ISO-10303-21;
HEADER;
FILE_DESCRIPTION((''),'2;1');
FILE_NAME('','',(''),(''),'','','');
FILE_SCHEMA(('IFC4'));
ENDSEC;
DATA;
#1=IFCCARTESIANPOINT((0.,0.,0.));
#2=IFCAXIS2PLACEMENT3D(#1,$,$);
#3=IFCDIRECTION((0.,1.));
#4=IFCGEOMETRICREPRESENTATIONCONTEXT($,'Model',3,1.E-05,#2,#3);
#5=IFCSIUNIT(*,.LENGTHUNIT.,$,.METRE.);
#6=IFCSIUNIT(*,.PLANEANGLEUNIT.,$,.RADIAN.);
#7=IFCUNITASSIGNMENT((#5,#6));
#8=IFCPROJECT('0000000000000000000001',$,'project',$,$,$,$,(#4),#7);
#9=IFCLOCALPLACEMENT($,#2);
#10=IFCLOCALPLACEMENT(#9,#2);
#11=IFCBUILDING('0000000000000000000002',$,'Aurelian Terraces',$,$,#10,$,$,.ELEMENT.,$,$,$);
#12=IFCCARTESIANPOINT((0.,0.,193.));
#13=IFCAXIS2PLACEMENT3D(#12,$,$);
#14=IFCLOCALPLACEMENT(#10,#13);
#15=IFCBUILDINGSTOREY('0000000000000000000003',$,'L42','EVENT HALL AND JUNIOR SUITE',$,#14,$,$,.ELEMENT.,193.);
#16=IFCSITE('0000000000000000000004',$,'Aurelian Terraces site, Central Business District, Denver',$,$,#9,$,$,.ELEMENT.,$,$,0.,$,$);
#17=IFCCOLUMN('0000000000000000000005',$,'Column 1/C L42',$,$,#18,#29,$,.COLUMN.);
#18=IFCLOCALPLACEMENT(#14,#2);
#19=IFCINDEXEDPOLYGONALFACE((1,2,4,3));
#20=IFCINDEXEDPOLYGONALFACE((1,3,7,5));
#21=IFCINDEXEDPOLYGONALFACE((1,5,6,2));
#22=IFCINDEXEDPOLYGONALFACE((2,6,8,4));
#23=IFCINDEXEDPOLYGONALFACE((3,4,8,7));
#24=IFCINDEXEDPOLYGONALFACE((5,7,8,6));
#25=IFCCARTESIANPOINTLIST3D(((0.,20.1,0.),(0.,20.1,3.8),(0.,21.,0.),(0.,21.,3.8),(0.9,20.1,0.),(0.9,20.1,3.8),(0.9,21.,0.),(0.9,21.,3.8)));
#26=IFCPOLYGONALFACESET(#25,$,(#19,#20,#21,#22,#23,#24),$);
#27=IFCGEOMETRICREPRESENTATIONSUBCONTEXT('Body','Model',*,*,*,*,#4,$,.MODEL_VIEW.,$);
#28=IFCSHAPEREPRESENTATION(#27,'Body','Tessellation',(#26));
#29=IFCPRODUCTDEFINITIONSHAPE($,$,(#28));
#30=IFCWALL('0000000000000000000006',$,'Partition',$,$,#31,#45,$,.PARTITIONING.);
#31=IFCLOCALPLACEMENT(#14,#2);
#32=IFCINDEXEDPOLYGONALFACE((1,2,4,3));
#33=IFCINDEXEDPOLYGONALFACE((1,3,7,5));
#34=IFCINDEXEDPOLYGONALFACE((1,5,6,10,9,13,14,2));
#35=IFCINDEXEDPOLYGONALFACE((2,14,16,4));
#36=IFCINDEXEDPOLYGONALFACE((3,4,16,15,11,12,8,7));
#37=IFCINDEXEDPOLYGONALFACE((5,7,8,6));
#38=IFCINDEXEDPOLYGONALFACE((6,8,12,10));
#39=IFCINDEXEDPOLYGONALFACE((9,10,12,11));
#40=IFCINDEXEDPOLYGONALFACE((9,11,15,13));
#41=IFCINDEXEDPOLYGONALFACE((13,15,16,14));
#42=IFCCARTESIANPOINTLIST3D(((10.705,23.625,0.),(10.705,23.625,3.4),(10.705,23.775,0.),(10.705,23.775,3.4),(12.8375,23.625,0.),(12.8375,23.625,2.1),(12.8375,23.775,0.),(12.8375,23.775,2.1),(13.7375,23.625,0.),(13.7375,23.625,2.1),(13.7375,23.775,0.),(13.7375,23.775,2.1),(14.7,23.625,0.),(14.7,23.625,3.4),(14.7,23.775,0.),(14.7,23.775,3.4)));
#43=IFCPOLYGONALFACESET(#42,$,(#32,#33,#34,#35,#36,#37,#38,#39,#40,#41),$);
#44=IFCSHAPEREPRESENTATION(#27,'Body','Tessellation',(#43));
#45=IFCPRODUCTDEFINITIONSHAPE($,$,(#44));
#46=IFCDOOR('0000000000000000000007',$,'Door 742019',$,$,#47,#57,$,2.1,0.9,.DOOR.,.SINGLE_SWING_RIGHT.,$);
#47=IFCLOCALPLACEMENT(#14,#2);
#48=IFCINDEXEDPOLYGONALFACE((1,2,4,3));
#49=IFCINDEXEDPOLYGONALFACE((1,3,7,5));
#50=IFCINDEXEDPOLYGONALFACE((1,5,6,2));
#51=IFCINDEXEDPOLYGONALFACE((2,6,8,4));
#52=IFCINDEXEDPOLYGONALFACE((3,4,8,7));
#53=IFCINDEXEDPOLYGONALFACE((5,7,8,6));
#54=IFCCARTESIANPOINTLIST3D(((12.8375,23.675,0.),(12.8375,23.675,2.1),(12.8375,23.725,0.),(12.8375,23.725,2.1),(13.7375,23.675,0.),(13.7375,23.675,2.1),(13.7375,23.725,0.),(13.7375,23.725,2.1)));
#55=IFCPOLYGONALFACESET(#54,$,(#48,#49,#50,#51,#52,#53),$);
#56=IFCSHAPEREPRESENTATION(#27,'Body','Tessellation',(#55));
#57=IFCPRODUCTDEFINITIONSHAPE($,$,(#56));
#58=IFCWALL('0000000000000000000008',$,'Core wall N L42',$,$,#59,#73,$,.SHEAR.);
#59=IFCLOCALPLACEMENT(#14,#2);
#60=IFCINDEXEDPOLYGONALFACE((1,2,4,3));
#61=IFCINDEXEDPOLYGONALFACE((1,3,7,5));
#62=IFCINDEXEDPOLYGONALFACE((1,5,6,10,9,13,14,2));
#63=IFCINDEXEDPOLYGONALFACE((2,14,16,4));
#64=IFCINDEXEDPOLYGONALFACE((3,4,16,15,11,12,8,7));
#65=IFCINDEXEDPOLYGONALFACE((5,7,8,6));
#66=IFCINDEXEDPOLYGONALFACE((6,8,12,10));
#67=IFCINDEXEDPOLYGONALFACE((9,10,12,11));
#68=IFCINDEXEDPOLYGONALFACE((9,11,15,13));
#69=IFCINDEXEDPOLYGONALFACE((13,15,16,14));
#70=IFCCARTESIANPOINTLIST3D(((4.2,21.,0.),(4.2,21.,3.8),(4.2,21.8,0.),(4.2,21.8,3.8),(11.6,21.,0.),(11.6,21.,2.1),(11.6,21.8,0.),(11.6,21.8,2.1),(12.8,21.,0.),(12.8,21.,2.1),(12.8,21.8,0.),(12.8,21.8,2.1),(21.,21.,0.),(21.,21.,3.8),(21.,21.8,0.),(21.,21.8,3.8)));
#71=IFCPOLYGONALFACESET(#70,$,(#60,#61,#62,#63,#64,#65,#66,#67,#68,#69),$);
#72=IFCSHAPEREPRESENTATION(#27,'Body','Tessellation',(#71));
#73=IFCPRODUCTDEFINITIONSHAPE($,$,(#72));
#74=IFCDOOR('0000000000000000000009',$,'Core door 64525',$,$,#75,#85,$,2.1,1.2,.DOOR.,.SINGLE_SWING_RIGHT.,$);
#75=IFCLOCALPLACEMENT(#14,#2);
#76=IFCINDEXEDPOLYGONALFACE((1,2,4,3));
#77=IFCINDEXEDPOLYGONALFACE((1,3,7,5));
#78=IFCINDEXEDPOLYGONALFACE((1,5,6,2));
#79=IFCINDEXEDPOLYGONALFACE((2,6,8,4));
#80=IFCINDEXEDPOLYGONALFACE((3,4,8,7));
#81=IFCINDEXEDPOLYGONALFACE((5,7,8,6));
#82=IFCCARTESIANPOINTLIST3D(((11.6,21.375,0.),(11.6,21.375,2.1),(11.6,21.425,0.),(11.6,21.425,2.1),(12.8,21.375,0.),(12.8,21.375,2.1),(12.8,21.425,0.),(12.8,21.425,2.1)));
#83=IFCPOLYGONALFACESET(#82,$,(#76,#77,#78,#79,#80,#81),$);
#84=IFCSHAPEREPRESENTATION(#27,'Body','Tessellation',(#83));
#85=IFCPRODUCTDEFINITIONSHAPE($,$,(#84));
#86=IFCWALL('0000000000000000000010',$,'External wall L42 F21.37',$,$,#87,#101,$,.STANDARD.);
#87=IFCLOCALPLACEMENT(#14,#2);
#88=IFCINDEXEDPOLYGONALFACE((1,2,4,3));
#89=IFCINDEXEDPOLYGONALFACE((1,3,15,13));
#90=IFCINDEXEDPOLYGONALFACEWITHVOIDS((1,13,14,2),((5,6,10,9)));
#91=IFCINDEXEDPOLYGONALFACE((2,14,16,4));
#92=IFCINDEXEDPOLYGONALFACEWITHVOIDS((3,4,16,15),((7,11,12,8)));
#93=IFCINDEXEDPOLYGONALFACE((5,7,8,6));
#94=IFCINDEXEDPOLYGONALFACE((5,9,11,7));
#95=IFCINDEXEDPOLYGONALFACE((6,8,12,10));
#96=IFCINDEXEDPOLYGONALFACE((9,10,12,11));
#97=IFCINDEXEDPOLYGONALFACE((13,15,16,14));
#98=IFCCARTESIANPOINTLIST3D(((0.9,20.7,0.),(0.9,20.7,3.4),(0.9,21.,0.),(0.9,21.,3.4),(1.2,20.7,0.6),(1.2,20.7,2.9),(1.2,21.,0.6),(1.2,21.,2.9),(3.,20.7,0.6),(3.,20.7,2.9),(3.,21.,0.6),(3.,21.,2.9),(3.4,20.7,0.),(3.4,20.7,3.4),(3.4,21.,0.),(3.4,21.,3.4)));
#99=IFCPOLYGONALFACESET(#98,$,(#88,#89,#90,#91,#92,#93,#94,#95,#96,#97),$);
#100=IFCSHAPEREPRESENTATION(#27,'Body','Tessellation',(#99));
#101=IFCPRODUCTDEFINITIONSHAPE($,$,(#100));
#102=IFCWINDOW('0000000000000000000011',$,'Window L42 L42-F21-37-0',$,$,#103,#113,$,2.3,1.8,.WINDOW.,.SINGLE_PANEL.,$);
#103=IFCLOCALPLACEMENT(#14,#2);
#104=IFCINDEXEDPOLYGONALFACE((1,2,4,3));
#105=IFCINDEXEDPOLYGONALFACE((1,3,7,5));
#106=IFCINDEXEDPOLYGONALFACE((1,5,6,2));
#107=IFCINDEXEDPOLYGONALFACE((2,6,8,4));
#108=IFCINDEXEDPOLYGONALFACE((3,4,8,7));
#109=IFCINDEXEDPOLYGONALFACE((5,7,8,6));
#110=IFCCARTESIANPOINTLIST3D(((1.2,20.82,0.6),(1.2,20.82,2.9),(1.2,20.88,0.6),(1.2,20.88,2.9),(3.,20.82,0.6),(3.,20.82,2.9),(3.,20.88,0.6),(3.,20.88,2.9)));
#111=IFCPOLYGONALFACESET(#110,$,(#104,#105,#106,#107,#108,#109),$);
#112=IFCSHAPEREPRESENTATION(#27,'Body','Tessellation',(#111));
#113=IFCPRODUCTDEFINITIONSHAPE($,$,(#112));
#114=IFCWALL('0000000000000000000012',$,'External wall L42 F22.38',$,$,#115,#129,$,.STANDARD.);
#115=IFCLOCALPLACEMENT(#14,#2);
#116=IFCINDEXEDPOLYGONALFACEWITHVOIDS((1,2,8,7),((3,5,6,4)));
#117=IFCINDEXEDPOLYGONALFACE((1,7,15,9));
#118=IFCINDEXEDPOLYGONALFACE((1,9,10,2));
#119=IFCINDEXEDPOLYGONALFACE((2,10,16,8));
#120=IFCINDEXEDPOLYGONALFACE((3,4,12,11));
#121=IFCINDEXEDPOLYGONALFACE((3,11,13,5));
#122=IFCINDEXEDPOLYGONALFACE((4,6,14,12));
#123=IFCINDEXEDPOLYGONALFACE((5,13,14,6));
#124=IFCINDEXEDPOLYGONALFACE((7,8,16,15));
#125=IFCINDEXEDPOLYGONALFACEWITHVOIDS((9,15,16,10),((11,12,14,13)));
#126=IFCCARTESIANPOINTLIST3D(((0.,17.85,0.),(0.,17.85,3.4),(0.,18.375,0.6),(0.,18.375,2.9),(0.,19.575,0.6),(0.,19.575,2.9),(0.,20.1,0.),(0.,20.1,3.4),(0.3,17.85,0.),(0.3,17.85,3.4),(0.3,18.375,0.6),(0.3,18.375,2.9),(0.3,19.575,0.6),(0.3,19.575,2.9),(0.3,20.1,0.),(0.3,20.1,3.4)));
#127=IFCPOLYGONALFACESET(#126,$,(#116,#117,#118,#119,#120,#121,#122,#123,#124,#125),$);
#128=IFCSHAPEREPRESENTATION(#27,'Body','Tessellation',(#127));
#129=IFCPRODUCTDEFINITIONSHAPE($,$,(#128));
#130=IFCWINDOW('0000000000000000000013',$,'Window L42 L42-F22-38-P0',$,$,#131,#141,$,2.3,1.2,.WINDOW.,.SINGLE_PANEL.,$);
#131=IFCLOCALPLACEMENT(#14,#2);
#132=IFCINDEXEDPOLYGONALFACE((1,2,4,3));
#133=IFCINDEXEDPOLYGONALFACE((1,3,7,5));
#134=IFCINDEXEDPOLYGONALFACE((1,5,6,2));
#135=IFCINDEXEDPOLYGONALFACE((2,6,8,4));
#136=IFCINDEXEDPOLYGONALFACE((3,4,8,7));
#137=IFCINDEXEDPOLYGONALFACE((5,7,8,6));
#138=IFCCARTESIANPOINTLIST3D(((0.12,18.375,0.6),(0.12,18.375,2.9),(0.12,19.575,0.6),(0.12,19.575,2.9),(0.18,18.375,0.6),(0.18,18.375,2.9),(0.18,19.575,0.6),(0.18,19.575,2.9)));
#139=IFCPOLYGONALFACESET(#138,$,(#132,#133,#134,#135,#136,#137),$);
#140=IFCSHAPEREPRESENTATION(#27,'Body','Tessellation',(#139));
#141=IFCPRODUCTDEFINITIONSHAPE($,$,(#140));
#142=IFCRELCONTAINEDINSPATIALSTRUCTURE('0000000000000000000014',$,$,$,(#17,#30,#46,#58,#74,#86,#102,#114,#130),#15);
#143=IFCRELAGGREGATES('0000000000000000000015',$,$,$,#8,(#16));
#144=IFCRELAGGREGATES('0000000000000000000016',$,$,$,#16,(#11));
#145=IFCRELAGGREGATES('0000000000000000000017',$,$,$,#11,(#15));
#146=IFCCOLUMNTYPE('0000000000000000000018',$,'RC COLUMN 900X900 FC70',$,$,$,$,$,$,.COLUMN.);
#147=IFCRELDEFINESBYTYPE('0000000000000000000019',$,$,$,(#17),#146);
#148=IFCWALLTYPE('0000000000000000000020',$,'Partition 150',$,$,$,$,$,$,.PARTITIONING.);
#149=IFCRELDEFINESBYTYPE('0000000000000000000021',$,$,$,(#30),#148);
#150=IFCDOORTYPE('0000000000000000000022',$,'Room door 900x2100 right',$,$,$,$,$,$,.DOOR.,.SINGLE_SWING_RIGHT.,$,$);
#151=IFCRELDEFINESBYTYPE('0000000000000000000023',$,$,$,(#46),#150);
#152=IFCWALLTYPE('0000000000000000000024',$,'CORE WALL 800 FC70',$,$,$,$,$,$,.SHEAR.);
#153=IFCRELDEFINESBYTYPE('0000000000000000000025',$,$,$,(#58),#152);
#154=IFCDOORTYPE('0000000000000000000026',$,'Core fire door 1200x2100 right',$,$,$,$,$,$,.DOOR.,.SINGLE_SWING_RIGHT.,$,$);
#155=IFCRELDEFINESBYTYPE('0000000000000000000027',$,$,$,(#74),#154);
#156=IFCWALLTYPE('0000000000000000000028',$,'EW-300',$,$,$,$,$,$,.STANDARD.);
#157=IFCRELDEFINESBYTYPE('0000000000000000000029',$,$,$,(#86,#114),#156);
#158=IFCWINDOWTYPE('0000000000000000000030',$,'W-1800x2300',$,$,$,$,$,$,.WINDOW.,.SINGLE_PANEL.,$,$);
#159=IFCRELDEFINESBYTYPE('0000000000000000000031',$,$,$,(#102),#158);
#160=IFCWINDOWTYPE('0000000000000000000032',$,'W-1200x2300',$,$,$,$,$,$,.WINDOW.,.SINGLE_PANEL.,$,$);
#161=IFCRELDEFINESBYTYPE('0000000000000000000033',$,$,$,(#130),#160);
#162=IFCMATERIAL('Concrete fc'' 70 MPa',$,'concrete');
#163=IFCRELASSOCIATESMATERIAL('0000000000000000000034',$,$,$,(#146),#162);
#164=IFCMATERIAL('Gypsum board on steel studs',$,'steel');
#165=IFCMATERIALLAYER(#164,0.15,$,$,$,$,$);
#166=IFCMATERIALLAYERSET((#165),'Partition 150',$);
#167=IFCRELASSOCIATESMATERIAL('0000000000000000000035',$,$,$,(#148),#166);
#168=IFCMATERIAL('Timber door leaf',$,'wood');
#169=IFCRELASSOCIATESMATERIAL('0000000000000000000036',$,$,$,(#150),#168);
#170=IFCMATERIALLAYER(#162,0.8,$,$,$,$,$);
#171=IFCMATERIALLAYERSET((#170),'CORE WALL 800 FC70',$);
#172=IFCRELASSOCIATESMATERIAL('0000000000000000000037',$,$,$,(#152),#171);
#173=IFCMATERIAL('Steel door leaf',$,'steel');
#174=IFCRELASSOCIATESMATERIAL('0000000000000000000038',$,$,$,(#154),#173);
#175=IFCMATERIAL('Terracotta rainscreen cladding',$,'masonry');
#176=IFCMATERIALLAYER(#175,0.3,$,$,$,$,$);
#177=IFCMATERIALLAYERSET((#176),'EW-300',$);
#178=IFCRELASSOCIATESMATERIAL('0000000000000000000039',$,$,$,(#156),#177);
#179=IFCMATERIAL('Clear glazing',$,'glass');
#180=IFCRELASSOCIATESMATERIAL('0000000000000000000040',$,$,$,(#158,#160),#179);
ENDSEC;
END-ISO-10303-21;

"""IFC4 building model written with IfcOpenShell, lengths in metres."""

from ifc_helpers import new_model, si_unit, direction, frame, frame_2d, origin, origin_2d, place, context, subcontext, project, spatial, rectangle, extrude, source, transform, mapped, material, layer, layer_set, material_profile, profile_set, type_object, element, fill, save


model = new_model("IFC4")

# Units and contexts
model_context = context("Model", 3, precision=1e-05, world=origin(), true_north=direction((0.0, 1.0)))
body_context = subcontext(model_context, "Body", "Model", "MODEL_VIEW")
ifc_project = project(units=[si_unit("LENGTHUNIT", "METRE"), si_unit("PLANEANGLEUNIT", "RADIAN")], contexts=[model_context])

# Site, building, storey
site_placement = place(None, origin())
site = spatial("IfcSite", under=ifc_project, at=site_placement, Name="Aurelian Terraces site, Central Business District, Denver", CompositionType="ELEMENT", RefElevation=0.0)
building_placement = place(site_placement, origin())
building = spatial("IfcBuilding", under=site, at=building_placement, Name="Aurelian Terraces", CompositionType="ELEMENT")
storey_placement = place(building_placement, frame((0.0, 0.0, 193.0)))
storey = spatial("IfcBuildingStorey", under=building, at=storey_placement, Name="L42", Description="EVENT HALL AND JUNIOR SUITE", CompositionType="ELEMENT", Elevation=193.0)

# Column
ifc_material_1 = material(Name="Concrete fc' 70 MPa", Category="concrete")
ifc_material_profile = material_profile(ifc_material_1, rectangle(XDim=0.9, YDim=0.9, at=origin_2d()))
ifc_profile_set = profile_set([ifc_material_profile], Name="Concrete fc' 70 MPa")
column_type = type_object("IfcColumnType", Name="RC COLUMN 900X900 FC70", PredefinedType="COLUMN", material=ifc_profile_set)
shared_shape_1 = source(origin(), body_context, "Body", "SweptSolid", [
    extrude(rectangle(XDim=0.9, YDim=0.9, at=origin_2d()), origin(), (0.0, 0.0, 1.0), 3.8),
])
column_placement = place(storey_placement, frame((0.45, 20.55, 0.0), z_axis=(0.0, 0.0, 1.0), x_axis=(1.0, 0.0, 0.0)))
element("IfcColumn", 1, at=column_placement, inside=storey, type_object=column_type, Name="Column 1/C L42", PredefinedType="COLUMN", context=body_context, shape_type="MappedRepresentation", body=[
    mapped(shared_shape_1, transform((0.0, 0.0, 0.0), scale=1.0)),
])

# Walls, openings, doors
ifc_material_2 = material(Name="Gypsum board on steel studs", Category="steel")
ifc_layer_1 = layer(ifc_material_2, 0.15)
ifc_layer_set_1 = layer_set([ifc_layer_1], Name="Partition 150")
wall_type_1 = type_object("IfcWallType", Name="Partition 150", PredefinedType="PARTITIONING", material=ifc_layer_set_1)
wall_1_placement = place(storey_placement, frame((10.705, 23.7, 0.0), z_axis=(0.0, 0.0, 1.0), x_axis=(1.0, 0.0, 0.0)))
wall_1 = element("IfcWall", 2, at=wall_1_placement, inside=storey, type_object=wall_type_1, Name="Partition", PredefinedType="PARTITIONING", context=body_context, shape_type="SweptSolid", body=[
    extrude(rectangle(XDim=3.995, YDim=0.15, at=frame_2d((1.9975, 0.0))), origin(), (0.0, 0.0, 1.0), 3.4),
])
shared_shape_2 = source(origin(), body_context, "Body", "SweptSolid", [
    extrude(rectangle(XDim=0.9, YDim=2.1, at=frame_2d((0.45, 1.05))), frame((0.0, 0.085, 0.0), z_axis=(0.0, -1.0, 0.0), x_axis=(1.0, 0.0, 0.0)), (0.0, 0.0, 1.0), 0.17),
])
opening_1_placement = place(wall_1_placement, frame((2.1325, 0.0, 0.0)))
opening_1 = element("IfcOpeningElement", 3, at=opening_1_placement, cuts=wall_1, PredefinedType="OPENING", context=body_context, shape_type="MappedRepresentation", body=[
    mapped(shared_shape_2, transform((0.0, 0.0, 0.0), scale=1.0)),
])
ifc_material_3 = material(Name="Timber door leaf", Category="wood")
door_type_1 = type_object("IfcDoorType", Name="Room door 900x2100 right", OperationType="SINGLE_SWING_RIGHT", PredefinedType="DOOR", material=ifc_material_3)
shared_shape_3 = source(origin(), body_context, "Body", "SweptSolid", [
    extrude(rectangle(XDim=0.9, YDim=2.1, at=frame_2d((0.45, 1.05))), frame((0.0, 0.025, 0.0), z_axis=(0.0, -1.0, 0.0), x_axis=(1.0, 0.0, 0.0)), (0.0, 0.0, 1.0), 0.05),
])
door_1_placement = place(opening_1_placement, origin())
door_1 = element("IfcDoor", 4, at=door_1_placement, inside=storey, type_object=door_type_1, Name="Door 742019", OperationType="SINGLE_SWING_RIGHT", OverallHeight=2.1, OverallWidth=0.9, PredefinedType="DOOR", context=body_context, shape_type="MappedRepresentation", body=[
    mapped(shared_shape_3, transform((0.0, 0.0, 0.0), scale=1.0)),
])
fill(opening_1, door_1)
ifc_layer_2 = layer(ifc_material_1, 0.8)
ifc_layer_set_2 = layer_set([ifc_layer_2], Name="CORE WALL 800 FC70")
wall_type_2 = type_object("IfcWallType", Name="CORE WALL 800 FC70", PredefinedType="SHEAR", material=ifc_layer_set_2)
shared_shape_4 = source(origin(), body_context, "Body", "SweptSolid", [
    extrude(rectangle(XDim=16.8, YDim=0.8, at=frame_2d((8.4, 0.0))), origin(), (0.0, 0.0, 1.0), 3.8),
])
wall_2_placement = place(storey_placement, frame((4.2, 21.4, 0.0), z_axis=(0.0, 0.0, 1.0), x_axis=(1.0, 0.0, 0.0)))
wall_2 = element("IfcWall", 5, at=wall_2_placement, inside=storey, type_object=wall_type_2, Name="Core wall N L42", PredefinedType="SHEAR", context=body_context, shape_type="MappedRepresentation", body=[
    mapped(shared_shape_4, transform((0.0, 0.0, 0.0), scale=1.0)),
])
shared_shape_5 = source(origin(), body_context, "Body", "SweptSolid", [
    extrude(rectangle(XDim=1.2, YDim=2.1, at=frame_2d((0.6, 1.05))), frame((0.0, 0.41, 0.0), z_axis=(0.0, -1.0, 0.0), x_axis=(1.0, 0.0, 0.0)), (0.0, 0.0, 1.0), 0.82),
])
opening_2_placement = place(wall_2_placement, frame((7.4, 0.0, 0.0)))
opening_2 = element("IfcOpeningElement", 6, at=opening_2_placement, cuts=wall_2, PredefinedType="OPENING", context=body_context, shape_type="MappedRepresentation", body=[
    mapped(shared_shape_5, transform((0.0, 0.0, 0.0), scale=1.0)),
])
ifc_material_4 = material(Name="Steel door leaf", Category="steel")
door_type_2 = type_object("IfcDoorType", Name="Core fire door 1200x2100 right", OperationType="SINGLE_SWING_RIGHT", PredefinedType="DOOR", material=ifc_material_4)
shared_shape_6 = source(origin(), body_context, "Body", "SweptSolid", [
    extrude(rectangle(XDim=1.2, YDim=2.1, at=frame_2d((0.6, 1.05))), frame((0.0, 0.025, 0.0), z_axis=(0.0, -1.0, 0.0), x_axis=(1.0, 0.0, 0.0)), (0.0, 0.0, 1.0), 0.05),
])
door_2_placement = place(opening_2_placement, origin())
door_2 = element("IfcDoor", 7, at=door_2_placement, inside=storey, type_object=door_type_2, Name="Core door 64525", OperationType="SINGLE_SWING_RIGHT", OverallHeight=2.1, OverallWidth=1.2, PredefinedType="DOOR", context=body_context, shape_type="MappedRepresentation", body=[
    mapped(shared_shape_6, transform((0.0, 0.0, 0.0), scale=1.0)),
])
fill(opening_2, door_2)

# Walls, openings, windows
ifc_material_5 = material(Name="Terracotta rainscreen cladding", Category="masonry")
ifc_layer_3 = layer(ifc_material_5, 0.3)
ifc_layer_set_3 = layer_set([ifc_layer_3], Name="EW-300")
wall_type_3 = type_object("IfcWallType", Name="EW-300", PredefinedType="STANDARD", material=ifc_layer_set_3)
shared_shape_7 = source(origin(), body_context, "Body", "SweptSolid", [
    extrude(rectangle(XDim=2.5, YDim=0.3, at=frame_2d((1.25, 0.0))), origin(), (0.0, 0.0, 1.0), 3.4),
])
wall_3_placement = place(storey_placement, frame((3.4, 20.85, 0.0), z_axis=(0.0, 0.0, 1.0), x_axis=(-1.0, 0.0, 0.0)))
wall_3 = element("IfcWall", 8, at=wall_3_placement, inside=storey, type_object=wall_type_3, Name="External wall L42 F21.37", PredefinedType="STANDARD", context=body_context, shape_type="MappedRepresentation", body=[
    mapped(shared_shape_7, transform((0.0, 0.0, 0.0), scale=1.0)),
])
shared_shape_8 = source(origin(), body_context, "Body", "SweptSolid", [
    extrude(rectangle(XDim=1.8, YDim=2.3, at=frame_2d((0.9, 1.15))), frame((0.0, 0.16, 0.0), z_axis=(0.0, -1.0, 0.0), x_axis=(1.0, 0.0, 0.0)), (0.0, 0.0, 1.0), 0.32),
])
opening_3_placement = place(wall_3_placement, frame((0.4, 0.0, 0.6)))
opening_3 = element("IfcOpeningElement", 9, at=opening_3_placement, cuts=wall_3, PredefinedType="OPENING", context=body_context, shape_type="MappedRepresentation", body=[
    mapped(shared_shape_8, transform((0.0, 0.0, 0.0), scale=1.0)),
])
ifc_material_6 = material(Name="Clear glazing", Category="glass")
window_type_1 = type_object("IfcWindowType", Name="W-1800x2300", PartitioningType="SINGLE_PANEL", PredefinedType="WINDOW", material=ifc_material_6)
shared_shape_9 = source(origin(), body_context, "Body", "SweptSolid", [
    extrude(rectangle(XDim=1.8, YDim=2.3, at=frame_2d((0.9, 1.15))), frame((0.0, 0.03, 0.0), z_axis=(0.0, -1.0, 0.0), x_axis=(1.0, 0.0, 0.0)), (0.0, 0.0, 1.0), 0.06),
])
window_1_placement = place(opening_3_placement, origin())
window_1 = element("IfcWindow", 10, at=window_1_placement, inside=storey, type_object=window_type_1, Name="Window L42 L42-F21-37-0", OverallHeight=2.3, OverallWidth=1.8, PartitioningType="SINGLE_PANEL", PredefinedType="WINDOW", context=body_context, shape_type="MappedRepresentation", body=[
    mapped(shared_shape_9, transform((0.0, 0.0, 0.0), scale=1.0)),
])
fill(opening_3, window_1)
shared_shape_10 = source(origin(), body_context, "Body", "SweptSolid", [
    extrude(rectangle(XDim=2.25, YDim=0.3, at=frame_2d((1.125, 0.0))), origin(), (0.0, 0.0, 1.0), 3.4),
])
wall_4_placement = place(storey_placement, frame((0.15, 20.1, 0.0), z_axis=(0.0, 0.0, 1.0), x_axis=(0.0, -1.0, 0.0)))
wall_4 = element("IfcWall", 11, at=wall_4_placement, inside=storey, type_object=wall_type_3, Name="External wall L42 F22.38", PredefinedType="STANDARD", context=body_context, shape_type="MappedRepresentation", body=[
    mapped(shared_shape_10, transform((0.0, 0.0, 0.0), scale=1.0)),
])
shared_shape_11 = source(origin(), body_context, "Body", "SweptSolid", [
    extrude(rectangle(XDim=1.2, YDim=2.3, at=frame_2d((0.6, 1.15))), frame((0.0, 0.16, 0.0), z_axis=(0.0, -1.0, 0.0), x_axis=(1.0, 0.0, 0.0)), (0.0, 0.0, 1.0), 0.32),
])
opening_4_placement = place(wall_4_placement, frame((0.525, 0.0, 0.6)))
opening_4 = element("IfcOpeningElement", 12, at=opening_4_placement, cuts=wall_4, PredefinedType="OPENING", context=body_context, shape_type="MappedRepresentation", body=[
    mapped(shared_shape_11, transform((0.0, 0.0, 0.0), scale=1.0)),
])
window_type_2 = type_object("IfcWindowType", Name="W-1200x2300", PartitioningType="SINGLE_PANEL", PredefinedType="WINDOW", material=ifc_material_6)
shared_shape_12 = source(origin(), body_context, "Body", "SweptSolid", [
    extrude(rectangle(XDim=1.2, YDim=2.3, at=frame_2d((0.6, 1.15))), frame((0.0, 0.03, 0.0), z_axis=(0.0, -1.0, 0.0), x_axis=(1.0, 0.0, 0.0)), (0.0, 0.0, 1.0), 0.06),
])
window_2_placement = place(opening_4_placement, origin())
window_2 = element("IfcWindow", 13, at=window_2_placement, inside=storey, type_object=window_type_2, Name="Window L42 L42-F22-38-P0", OverallHeight=2.3, OverallWidth=1.2, PartitioningType="SINGLE_PANEL", PredefinedType="WINDOW", context=body_context, shape_type="MappedRepresentation", body=[
    mapped(shared_shape_12, transform((0.0, 0.0, 0.0), scale=1.0)),
])
fill(opening_4, window_2)

save(model, "model.ifc")
